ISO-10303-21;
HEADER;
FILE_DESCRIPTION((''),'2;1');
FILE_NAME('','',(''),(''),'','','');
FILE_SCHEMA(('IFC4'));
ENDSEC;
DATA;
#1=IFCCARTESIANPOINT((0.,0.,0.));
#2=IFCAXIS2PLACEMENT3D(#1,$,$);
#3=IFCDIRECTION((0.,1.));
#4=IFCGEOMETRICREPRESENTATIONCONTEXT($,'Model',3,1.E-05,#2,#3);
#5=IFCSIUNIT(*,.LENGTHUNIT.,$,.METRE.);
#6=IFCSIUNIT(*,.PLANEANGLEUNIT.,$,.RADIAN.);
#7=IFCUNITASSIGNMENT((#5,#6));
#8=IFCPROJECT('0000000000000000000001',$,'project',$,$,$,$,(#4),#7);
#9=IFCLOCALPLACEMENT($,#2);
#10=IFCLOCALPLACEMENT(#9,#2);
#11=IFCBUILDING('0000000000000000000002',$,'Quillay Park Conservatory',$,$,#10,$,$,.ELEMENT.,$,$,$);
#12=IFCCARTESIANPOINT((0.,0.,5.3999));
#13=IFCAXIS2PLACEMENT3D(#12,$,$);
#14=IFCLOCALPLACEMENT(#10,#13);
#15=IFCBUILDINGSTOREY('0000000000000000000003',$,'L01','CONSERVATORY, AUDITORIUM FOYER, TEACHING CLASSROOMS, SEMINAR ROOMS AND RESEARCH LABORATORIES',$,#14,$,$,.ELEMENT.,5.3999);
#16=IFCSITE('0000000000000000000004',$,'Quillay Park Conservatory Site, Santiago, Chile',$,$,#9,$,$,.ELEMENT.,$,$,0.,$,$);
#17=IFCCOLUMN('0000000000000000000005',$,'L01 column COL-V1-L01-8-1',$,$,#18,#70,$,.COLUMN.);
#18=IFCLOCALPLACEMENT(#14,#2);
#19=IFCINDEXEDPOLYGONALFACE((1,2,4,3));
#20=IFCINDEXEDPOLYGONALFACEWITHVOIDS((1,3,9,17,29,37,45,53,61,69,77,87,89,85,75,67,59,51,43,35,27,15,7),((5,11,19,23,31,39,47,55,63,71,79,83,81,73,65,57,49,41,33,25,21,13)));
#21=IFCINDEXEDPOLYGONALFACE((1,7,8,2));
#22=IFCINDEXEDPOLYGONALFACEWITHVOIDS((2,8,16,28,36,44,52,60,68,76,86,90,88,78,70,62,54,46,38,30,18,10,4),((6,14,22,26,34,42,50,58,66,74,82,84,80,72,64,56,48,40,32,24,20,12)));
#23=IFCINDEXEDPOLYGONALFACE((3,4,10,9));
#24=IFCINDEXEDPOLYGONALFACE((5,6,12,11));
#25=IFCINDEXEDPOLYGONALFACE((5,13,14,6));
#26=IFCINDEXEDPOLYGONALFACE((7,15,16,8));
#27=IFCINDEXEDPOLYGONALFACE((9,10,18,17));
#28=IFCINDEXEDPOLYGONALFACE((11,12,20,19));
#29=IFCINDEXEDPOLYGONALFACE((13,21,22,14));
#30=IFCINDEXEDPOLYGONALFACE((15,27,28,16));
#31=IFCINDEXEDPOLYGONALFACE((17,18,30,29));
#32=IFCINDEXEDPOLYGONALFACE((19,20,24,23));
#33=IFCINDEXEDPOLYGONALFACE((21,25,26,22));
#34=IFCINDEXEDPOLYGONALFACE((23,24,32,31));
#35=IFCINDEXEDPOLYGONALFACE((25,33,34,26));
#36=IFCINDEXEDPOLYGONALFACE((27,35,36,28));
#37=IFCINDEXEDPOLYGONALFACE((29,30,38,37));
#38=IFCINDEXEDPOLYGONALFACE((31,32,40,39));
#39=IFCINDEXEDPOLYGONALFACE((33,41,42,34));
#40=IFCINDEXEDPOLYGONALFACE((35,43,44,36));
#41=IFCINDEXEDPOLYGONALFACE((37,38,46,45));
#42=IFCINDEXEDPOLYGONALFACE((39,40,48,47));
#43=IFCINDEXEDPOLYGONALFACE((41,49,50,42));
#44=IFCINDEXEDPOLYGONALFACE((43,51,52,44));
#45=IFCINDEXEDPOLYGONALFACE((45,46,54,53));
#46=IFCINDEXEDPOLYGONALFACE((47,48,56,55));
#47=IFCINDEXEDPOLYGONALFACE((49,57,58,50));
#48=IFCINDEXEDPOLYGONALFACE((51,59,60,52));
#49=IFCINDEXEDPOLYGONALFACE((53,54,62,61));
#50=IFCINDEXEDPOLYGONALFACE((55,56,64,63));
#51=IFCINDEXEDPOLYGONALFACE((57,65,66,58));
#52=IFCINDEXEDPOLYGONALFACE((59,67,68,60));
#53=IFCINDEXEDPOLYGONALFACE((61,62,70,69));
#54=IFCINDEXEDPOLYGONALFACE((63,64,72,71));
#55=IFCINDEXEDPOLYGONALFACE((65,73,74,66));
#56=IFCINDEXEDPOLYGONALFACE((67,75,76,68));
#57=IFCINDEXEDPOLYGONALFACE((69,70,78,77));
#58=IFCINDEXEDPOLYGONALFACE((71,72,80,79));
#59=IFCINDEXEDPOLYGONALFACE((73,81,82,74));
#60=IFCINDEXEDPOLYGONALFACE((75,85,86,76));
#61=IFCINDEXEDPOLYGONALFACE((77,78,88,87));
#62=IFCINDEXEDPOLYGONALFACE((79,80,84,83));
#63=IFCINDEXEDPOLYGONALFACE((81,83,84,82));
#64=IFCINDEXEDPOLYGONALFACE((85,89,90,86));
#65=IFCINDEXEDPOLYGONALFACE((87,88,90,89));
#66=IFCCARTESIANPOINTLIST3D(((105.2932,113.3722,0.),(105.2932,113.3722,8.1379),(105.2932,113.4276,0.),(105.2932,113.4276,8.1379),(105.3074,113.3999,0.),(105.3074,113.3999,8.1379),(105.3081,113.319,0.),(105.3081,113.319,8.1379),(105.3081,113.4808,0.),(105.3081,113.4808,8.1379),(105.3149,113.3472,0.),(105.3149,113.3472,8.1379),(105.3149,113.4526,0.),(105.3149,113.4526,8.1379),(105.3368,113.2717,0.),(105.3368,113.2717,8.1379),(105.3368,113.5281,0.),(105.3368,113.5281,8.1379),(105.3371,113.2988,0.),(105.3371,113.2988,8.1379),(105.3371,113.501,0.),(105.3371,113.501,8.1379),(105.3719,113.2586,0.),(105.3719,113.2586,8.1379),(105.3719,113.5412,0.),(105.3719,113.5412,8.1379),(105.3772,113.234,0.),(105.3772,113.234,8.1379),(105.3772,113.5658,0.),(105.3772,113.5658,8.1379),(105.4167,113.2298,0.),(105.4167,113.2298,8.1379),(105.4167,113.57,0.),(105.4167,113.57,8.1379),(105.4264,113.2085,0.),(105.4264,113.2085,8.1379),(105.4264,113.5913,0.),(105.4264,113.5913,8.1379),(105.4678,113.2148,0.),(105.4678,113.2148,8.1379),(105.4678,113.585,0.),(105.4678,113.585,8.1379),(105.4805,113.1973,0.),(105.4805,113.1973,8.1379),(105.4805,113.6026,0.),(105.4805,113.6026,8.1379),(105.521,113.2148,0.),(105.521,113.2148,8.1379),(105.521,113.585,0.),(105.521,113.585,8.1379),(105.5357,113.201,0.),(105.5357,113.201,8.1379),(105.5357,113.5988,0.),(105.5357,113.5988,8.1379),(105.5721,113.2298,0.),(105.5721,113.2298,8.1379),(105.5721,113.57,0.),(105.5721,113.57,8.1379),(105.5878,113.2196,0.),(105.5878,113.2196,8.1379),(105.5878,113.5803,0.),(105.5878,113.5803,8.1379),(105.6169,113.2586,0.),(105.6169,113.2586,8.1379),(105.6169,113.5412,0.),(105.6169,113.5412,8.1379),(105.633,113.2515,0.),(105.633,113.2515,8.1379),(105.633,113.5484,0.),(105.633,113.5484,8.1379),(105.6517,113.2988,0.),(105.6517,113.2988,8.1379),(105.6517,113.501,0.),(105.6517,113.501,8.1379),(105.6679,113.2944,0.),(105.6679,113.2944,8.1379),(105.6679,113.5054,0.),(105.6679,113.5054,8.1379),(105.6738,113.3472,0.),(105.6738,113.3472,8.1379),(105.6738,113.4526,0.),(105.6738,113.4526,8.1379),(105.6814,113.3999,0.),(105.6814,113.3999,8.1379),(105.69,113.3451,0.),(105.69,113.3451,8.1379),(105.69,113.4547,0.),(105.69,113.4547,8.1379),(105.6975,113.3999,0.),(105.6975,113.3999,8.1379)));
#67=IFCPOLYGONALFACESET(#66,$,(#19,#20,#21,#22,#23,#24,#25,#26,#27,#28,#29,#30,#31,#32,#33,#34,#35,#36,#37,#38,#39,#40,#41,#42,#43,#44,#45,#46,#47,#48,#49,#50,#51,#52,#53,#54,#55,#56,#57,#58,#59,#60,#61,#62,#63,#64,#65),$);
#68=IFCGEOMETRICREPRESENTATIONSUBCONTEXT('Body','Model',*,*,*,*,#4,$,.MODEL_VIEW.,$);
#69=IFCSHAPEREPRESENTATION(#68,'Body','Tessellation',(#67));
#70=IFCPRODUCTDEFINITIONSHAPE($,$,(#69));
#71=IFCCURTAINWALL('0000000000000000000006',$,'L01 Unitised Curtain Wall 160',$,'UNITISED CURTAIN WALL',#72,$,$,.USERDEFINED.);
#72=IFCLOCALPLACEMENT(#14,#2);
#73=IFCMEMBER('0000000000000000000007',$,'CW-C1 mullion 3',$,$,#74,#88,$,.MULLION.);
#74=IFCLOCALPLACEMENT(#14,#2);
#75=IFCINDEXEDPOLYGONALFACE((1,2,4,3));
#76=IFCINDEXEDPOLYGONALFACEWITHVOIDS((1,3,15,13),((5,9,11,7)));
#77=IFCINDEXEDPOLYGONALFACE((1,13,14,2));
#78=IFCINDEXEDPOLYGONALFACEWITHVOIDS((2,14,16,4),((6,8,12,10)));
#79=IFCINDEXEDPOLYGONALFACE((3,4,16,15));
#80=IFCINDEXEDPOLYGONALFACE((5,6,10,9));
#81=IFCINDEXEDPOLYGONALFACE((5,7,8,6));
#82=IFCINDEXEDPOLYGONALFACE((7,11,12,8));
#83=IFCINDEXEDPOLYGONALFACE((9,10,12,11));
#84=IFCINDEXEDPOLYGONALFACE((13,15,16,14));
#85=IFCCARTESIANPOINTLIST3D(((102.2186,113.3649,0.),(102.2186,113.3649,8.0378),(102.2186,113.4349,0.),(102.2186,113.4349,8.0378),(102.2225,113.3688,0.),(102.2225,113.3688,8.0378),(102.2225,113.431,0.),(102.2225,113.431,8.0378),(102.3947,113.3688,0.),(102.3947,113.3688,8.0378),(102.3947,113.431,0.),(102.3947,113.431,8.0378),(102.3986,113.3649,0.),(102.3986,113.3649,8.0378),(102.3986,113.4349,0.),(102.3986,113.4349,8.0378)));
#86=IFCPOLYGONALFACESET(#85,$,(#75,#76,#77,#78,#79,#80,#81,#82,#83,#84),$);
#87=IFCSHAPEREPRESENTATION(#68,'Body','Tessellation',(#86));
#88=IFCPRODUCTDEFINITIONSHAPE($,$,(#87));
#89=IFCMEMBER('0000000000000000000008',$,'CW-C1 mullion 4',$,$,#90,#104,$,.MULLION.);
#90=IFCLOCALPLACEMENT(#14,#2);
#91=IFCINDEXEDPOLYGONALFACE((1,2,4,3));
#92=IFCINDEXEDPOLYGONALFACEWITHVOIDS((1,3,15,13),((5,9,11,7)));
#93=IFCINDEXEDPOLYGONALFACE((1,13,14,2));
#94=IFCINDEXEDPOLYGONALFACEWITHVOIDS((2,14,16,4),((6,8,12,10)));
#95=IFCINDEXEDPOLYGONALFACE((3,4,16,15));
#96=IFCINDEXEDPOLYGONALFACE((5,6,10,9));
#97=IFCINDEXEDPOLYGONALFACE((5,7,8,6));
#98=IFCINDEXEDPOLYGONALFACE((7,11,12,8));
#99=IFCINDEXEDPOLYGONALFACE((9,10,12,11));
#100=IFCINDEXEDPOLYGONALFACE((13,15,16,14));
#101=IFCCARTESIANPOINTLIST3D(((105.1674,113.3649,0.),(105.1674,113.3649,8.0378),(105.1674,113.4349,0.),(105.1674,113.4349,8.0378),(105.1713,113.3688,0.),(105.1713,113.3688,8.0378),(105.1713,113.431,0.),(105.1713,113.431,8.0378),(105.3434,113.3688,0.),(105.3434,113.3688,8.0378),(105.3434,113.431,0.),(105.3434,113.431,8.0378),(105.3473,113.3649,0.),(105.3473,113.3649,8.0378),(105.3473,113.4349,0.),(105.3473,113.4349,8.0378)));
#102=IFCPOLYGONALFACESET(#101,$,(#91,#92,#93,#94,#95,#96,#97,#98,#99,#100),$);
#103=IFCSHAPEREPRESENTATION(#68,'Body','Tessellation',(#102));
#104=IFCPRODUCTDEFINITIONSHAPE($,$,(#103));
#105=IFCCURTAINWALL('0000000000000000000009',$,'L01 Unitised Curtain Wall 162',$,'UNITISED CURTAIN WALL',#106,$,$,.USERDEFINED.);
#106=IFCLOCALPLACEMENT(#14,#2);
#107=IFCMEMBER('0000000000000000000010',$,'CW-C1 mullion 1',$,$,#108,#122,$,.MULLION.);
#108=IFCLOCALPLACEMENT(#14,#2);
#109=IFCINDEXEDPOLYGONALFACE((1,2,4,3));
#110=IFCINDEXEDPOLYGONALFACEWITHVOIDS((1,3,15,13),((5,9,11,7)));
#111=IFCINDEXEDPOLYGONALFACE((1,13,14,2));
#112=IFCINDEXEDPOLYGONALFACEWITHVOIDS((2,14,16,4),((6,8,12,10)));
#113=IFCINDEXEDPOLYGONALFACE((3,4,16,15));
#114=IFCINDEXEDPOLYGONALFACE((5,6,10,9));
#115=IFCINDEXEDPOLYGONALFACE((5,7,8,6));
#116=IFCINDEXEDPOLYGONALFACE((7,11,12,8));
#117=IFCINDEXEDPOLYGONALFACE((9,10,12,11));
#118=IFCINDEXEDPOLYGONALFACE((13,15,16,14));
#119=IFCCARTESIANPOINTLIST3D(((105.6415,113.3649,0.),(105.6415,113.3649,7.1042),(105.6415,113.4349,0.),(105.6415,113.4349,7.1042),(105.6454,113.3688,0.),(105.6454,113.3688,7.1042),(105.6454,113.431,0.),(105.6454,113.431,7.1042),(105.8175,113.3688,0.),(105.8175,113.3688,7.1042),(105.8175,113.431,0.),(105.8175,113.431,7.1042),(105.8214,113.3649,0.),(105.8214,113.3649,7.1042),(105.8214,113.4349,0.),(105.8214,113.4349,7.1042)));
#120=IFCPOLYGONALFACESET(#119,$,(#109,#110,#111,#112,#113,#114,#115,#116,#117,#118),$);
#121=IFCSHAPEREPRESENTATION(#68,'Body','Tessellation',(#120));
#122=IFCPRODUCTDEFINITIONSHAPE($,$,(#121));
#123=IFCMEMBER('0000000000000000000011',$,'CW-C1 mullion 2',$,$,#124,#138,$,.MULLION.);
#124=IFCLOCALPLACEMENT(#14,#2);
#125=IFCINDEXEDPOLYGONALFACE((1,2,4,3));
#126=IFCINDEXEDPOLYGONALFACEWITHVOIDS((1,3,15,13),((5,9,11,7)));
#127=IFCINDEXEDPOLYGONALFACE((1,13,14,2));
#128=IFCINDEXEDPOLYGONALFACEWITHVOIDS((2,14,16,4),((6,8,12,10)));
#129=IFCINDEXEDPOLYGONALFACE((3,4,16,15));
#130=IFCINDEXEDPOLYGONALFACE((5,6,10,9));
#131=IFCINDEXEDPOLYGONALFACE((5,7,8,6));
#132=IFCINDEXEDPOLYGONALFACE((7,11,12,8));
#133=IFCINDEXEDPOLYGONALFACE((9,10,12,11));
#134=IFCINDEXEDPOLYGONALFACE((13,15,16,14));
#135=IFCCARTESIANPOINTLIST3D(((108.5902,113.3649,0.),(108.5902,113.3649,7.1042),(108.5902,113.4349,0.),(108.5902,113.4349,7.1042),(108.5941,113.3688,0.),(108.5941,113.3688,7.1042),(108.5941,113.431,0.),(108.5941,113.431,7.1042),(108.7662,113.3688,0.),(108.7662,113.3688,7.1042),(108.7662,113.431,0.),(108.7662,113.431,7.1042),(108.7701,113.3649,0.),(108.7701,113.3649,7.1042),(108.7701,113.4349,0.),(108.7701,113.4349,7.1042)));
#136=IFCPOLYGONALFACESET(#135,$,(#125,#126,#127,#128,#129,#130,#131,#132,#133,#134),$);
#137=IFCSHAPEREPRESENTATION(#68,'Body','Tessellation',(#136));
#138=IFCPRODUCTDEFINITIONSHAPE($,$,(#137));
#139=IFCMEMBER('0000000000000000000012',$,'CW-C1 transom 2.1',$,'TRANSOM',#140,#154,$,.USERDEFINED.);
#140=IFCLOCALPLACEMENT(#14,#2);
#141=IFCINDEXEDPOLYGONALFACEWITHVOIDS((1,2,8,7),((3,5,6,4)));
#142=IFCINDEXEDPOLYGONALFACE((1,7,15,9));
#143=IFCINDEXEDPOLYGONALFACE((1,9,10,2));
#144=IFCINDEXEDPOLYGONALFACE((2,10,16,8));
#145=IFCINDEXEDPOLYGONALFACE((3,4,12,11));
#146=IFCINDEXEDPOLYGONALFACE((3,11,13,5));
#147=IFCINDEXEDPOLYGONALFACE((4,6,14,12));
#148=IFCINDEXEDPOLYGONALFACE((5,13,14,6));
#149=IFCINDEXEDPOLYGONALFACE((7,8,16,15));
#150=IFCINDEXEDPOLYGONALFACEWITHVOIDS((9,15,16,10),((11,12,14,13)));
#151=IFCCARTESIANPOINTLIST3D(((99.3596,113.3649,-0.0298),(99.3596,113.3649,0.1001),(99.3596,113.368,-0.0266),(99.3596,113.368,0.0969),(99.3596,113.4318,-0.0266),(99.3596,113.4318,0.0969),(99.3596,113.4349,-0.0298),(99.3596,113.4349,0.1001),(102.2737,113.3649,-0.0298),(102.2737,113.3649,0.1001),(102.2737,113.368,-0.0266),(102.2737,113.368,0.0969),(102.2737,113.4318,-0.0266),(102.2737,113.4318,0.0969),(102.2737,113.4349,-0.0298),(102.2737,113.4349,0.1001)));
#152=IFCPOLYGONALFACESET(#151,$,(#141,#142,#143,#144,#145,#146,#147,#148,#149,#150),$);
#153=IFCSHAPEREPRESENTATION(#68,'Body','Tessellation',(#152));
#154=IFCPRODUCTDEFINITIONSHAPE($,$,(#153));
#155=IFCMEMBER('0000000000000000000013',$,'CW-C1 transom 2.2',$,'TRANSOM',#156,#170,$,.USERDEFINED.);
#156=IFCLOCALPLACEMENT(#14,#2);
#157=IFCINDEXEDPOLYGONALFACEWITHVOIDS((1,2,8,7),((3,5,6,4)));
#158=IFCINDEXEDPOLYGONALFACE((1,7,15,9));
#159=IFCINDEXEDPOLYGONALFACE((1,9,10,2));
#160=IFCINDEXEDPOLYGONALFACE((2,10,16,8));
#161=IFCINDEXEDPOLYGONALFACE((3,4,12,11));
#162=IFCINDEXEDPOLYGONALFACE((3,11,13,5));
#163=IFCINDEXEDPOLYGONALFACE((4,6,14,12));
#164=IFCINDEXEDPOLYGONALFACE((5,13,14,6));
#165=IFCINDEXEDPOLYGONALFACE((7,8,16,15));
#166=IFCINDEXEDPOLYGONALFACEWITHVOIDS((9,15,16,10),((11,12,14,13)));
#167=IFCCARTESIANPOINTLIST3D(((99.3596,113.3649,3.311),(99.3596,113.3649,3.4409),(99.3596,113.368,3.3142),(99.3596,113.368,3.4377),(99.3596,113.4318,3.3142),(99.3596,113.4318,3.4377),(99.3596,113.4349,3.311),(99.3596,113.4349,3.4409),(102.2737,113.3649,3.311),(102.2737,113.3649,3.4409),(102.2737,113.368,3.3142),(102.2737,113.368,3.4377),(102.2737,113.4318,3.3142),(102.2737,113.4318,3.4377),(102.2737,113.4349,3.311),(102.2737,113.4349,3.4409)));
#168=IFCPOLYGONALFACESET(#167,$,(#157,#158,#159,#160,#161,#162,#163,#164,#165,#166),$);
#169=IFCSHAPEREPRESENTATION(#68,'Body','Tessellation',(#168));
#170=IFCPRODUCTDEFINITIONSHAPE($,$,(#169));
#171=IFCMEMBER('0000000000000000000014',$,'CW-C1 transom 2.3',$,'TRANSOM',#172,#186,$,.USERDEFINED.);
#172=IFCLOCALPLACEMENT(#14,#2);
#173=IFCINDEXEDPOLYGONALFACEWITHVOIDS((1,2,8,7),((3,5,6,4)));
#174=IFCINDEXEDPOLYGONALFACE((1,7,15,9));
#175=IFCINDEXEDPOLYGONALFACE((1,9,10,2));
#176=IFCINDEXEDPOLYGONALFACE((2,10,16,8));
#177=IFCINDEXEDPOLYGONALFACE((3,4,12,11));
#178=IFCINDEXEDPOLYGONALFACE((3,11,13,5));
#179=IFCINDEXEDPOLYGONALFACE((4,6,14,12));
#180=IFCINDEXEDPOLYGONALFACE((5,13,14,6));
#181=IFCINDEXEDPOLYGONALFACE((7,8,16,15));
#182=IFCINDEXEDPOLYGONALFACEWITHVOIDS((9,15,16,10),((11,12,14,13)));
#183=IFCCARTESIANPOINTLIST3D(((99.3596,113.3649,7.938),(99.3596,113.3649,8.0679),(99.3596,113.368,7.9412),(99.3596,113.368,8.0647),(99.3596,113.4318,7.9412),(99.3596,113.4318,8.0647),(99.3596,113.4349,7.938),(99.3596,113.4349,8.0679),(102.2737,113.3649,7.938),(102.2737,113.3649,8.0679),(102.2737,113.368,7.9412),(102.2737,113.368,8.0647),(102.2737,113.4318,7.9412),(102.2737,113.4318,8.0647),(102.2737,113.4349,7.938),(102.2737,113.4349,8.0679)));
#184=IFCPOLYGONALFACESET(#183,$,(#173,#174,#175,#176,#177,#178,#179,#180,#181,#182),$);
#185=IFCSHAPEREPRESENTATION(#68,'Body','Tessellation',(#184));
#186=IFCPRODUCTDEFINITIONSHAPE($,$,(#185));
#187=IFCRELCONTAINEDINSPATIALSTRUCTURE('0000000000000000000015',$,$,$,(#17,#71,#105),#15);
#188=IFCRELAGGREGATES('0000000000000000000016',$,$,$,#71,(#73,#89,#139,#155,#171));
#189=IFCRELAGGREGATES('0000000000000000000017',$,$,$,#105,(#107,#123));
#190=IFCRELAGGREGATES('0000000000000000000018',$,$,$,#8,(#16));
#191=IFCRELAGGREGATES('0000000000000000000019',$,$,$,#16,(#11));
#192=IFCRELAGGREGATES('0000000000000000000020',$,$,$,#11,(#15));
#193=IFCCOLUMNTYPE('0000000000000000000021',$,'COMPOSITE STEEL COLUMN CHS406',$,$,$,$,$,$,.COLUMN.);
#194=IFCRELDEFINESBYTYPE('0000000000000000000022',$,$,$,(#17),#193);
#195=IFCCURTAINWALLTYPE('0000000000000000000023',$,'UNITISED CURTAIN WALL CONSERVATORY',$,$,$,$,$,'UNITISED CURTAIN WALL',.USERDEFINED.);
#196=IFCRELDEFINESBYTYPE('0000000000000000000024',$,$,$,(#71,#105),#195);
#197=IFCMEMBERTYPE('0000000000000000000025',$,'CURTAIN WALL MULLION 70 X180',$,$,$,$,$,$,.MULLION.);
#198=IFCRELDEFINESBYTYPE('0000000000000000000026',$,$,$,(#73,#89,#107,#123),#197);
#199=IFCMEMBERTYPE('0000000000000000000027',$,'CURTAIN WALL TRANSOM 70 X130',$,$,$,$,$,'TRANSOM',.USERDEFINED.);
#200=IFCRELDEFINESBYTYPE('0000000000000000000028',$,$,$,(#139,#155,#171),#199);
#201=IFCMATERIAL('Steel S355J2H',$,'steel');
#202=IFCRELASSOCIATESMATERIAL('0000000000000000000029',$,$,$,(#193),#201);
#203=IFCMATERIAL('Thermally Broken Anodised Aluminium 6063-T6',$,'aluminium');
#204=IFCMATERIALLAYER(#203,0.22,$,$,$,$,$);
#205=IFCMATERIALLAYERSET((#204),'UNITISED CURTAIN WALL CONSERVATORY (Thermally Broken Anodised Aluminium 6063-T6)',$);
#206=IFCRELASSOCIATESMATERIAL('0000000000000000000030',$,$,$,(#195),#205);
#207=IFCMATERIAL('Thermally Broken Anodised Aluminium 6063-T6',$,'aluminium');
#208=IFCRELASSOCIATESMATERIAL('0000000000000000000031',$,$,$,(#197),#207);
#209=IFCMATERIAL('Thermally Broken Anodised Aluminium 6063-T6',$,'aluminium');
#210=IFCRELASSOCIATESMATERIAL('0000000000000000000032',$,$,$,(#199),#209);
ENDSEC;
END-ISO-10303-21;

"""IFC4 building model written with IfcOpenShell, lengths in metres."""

from ifc_helpers import new_model, si_unit, direction, frame, origin, origin_2d, place, context, subcontext, project, spatial, hollow_rectangle, hollow_circle, extrude, material, layer, layer_set, material_profile, profile_set, type_object, element, aggregate, save


model = new_model("IFC4")

# Units and contexts
model_context = context("Model", 3, precision=1e-05, world=origin(), true_north=direction((0.0, 1.0)))
body_context = subcontext(model_context, "Body", "Model", "MODEL_VIEW")
ifc_project = project(units=[si_unit("LENGTHUNIT", "METRE"), si_unit("PLANEANGLEUNIT", "RADIAN")], contexts=[model_context])

# Site, building, storey
site_placement = place(None, origin())
site = spatial("IfcSite", under=ifc_project, at=site_placement, Name="Quillay Park Conservatory Site, Santiago, Chile", CompositionType="ELEMENT", RefElevation=0.0)
building_placement = place(site_placement, origin())
building = spatial("IfcBuilding", under=site, at=building_placement, Name="Quillay Park Conservatory", CompositionType="ELEMENT")
storey_placement = place(building_placement, frame((0.0, 0.0, 5.3999)))
storey = spatial("IfcBuildingStorey", under=building, at=storey_placement, Name="L01", Description="CONSERVATORY, AUDITORIUM FOYER, TEACHING CLASSROOMS, SEMINAR ROOMS AND RESEARCH LABORATORIES", CompositionType="ELEMENT", Elevation=5.3999)

# Column
ifc_material_1 = material(Name="Steel S355J2H", Category="steel")
ifc_material_profile_1 = material_profile(ifc_material_1, hollow_circle(Radius=0.2031, WallThickness=0.0161, at=origin_2d()), Name="CHS406.4x16")
ifc_profile_set_1 = profile_set([ifc_material_profile_1], Name="Steel S355J2H")
column_type = type_object("IfcColumnType", Name="COMPOSITE STEEL COLUMN CHS406", PredefinedType="COLUMN", material=ifc_profile_set_1)
column_placement = place(storey_placement, frame((105.4944, 113.3999, 0.0), z_axis=(0.0, 0.0, 1.0), x_axis=(1.0, 0.0, 0.0)))
element("IfcColumn", 1, at=column_placement, inside=storey, type_object=column_type, Name="L01 column COL-V1-L01-8-1", PredefinedType="COLUMN", context=body_context, shape_type="SweptSolid", body=[
    extrude(hollow_circle(Radius=0.2031, WallThickness=0.0161, at=origin_2d()), origin(), (0.0, 0.0, 1.0), 8.1379),
])

# Curtain walls, members
ifc_material_2 = material(Name="Thermally Broken Anodised Aluminium 6063-T6", Category="aluminium")
ifc_layer_1 = layer(ifc_material_2, 0.22)
ifc_layer_set_1 = layer_set([ifc_layer_1], Name="UNITISED CURTAIN WALL CONSERVATORY (Thermally Broken Anodised Aluminium 6063-T6)")
curtain_wall_type = type_object("IfcCurtainWallType", Name="UNITISED CURTAIN WALL CONSERVATORY", ElementType="UNITISED CURTAIN WALL", PredefinedType="USERDEFINED", material=ifc_layer_set_1)
curtain_wall_1_placement = place(storey_placement, origin())
curtain_wall_1 = element("IfcCurtainWall", 2, at=curtain_wall_1_placement, inside=storey, type_object=curtain_wall_type, Name="L01 Unitised Curtain Wall 160", ObjectType="UNITISED CURTAIN WALL", PredefinedType="USERDEFINED")
ifc_material_3 = material(Name="Thermally Broken Anodised Aluminium 6063-T6", Category="aluminium")
ifc_material_profile_2 = material_profile(ifc_material_3, hollow_rectangle(XDim=0.0701, YDim=0.1799, WallThickness=0.0039, at=origin_2d()), Name="AL70x180x4")
ifc_profile_set_2 = profile_set([ifc_material_profile_2], Name="Thermally Broken Anodised Aluminium 6063-T6")
member_type_1 = type_object("IfcMemberType", Name="CURTAIN WALL MULLION 70 X180", PredefinedType="MULLION", material=ifc_profile_set_2)
member_1_placement = place(storey_placement, frame((102.3086, 113.3999, 0.0), z_axis=(0.0, 0.0, 1.0), x_axis=(0.0, 1.0, 0.0)))
member_1 = element("IfcMember", 3, at=member_1_placement, type_object=member_type_1, Name="CW-C1 mullion 3", PredefinedType="MULLION", context=body_context, shape_type="SweptSolid", body=[
    extrude(hollow_rectangle(XDim=0.0701, YDim=0.1799, WallThickness=0.0039, at=origin_2d()), origin(), (0.0, 0.0, 1.0), 8.0378),
])
member_2_placement = place(storey_placement, frame((105.2573, 113.3999, 0.0), z_axis=(0.0, 0.0, 1.0), x_axis=(0.0, 1.0, 0.0)))
member_2 = element("IfcMember", 4, at=member_2_placement, type_object=member_type_1, Name="CW-C1 mullion 4", PredefinedType="MULLION", context=body_context, shape_type="SweptSolid", body=[
    extrude(hollow_rectangle(XDim=0.0701, YDim=0.1799, WallThickness=0.0039, at=origin_2d()), origin(), (0.0, 0.0, 1.0), 8.0378),
])
curtain_wall_2_placement = place(storey_placement, origin())
curtain_wall_2 = element("IfcCurtainWall", 5, at=curtain_wall_2_placement, inside=storey, type_object=curtain_wall_type, Name="L01 Unitised Curtain Wall 162", ObjectType="UNITISED CURTAIN WALL", PredefinedType="USERDEFINED")
member_3_placement = place(storey_placement, frame((105.7314, 113.3999, 0.0), z_axis=(0.0, 0.0, 1.0), x_axis=(0.0, 1.0, 0.0)))
member_3 = element("IfcMember", 6, at=member_3_placement, type_object=member_type_1, Name="CW-C1 mullion 1", PredefinedType="MULLION", context=body_context, shape_type="SweptSolid", body=[
    extrude(hollow_rectangle(XDim=0.0701, YDim=0.1799, WallThickness=0.0039, at=origin_2d()), origin(), (0.0, 0.0, 1.0), 7.1042),
])
member_4_placement = place(storey_placement, frame((108.6802, 113.3999, 0.0), z_axis=(0.0, 0.0, 1.0), x_axis=(0.0, 1.0, 0.0)))
member_4 = element("IfcMember", 7, at=member_4_placement, type_object=member_type_1, Name="CW-C1 mullion 2", PredefinedType="MULLION", context=body_context, shape_type="SweptSolid", body=[
    extrude(hollow_rectangle(XDim=0.0701, YDim=0.1799, WallThickness=0.0039, at=origin_2d()), origin(), (0.0, 0.0, 1.0), 7.1042),
])

# Members
ifc_material_4 = material(Name="Thermally Broken Anodised Aluminium 6063-T6", Category="aluminium")
ifc_material_profile_3 = material_profile(ifc_material_4, hollow_rectangle(XDim=0.0701, YDim=0.1299, WallThickness=0.0032, at=origin_2d()), Name="AL70x130x3.2")
ifc_profile_set_3 = profile_set([ifc_material_profile_3], Name="Thermally Broken Anodised Aluminium 6063-T6")
member_type_2 = type_object("IfcMemberType", Name="CURTAIN WALL TRANSOM 70 X130", ElementType="TRANSOM", PredefinedType="USERDEFINED", material=ifc_profile_set_3)
member_5_placement = place(storey_placement, frame((99.3596, 113.3999, 0.0352), z_axis=(1.0, 0.0, 0.0), x_axis=(0.0, 1.0, 0.0)))
member_5 = element("IfcMember", 8, at=member_5_placement, type_object=member_type_2, Name="CW-C1 transom 2.1", ObjectType="TRANSOM", PredefinedType="USERDEFINED", context=body_context, shape_type="SweptSolid", body=[
    extrude(hollow_rectangle(XDim=0.0701, YDim=0.1299, WallThickness=0.0032, at=origin_2d()), origin(), (0.0, 0.0, 1.0), 2.9141),
])
member_6_placement = place(storey_placement, frame((99.3596, 113.3999, 3.376), z_axis=(1.0, 0.0, 0.0), x_axis=(0.0, 1.0, 0.0)))
member_6 = element("IfcMember", 9, at=member_6_placement, type_object=member_type_2, Name="CW-C1 transom 2.2", ObjectType="TRANSOM", PredefinedType="USERDEFINED", context=body_context, shape_type="SweptSolid", body=[
    extrude(hollow_rectangle(XDim=0.0701, YDim=0.1299, WallThickness=0.0032, at=origin_2d()), origin(), (0.0, 0.0, 1.0), 2.9141),
])
member_7_placement = place(storey_placement, frame((99.3596, 113.3999, 8.0029), z_axis=(1.0, 0.0, 0.0), x_axis=(0.0, 1.0, 0.0)))
member_7 = element("IfcMember", 10, at=member_7_placement, type_object=member_type_2, Name="CW-C1 transom 2.3", ObjectType="TRANSOM", PredefinedType="USERDEFINED", context=body_context, shape_type="SweptSolid", body=[
    extrude(hollow_rectangle(XDim=0.0701, YDim=0.1299, WallThickness=0.0032, at=origin_2d()), origin(), (0.0, 0.0, 1.0), 2.9141),
])

aggregate(curtain_wall_1, [member_1, member_2, member_5, member_6, member_7])
aggregate(curtain_wall_2, [member_3, member_4])

save(model, "model.ifc")
